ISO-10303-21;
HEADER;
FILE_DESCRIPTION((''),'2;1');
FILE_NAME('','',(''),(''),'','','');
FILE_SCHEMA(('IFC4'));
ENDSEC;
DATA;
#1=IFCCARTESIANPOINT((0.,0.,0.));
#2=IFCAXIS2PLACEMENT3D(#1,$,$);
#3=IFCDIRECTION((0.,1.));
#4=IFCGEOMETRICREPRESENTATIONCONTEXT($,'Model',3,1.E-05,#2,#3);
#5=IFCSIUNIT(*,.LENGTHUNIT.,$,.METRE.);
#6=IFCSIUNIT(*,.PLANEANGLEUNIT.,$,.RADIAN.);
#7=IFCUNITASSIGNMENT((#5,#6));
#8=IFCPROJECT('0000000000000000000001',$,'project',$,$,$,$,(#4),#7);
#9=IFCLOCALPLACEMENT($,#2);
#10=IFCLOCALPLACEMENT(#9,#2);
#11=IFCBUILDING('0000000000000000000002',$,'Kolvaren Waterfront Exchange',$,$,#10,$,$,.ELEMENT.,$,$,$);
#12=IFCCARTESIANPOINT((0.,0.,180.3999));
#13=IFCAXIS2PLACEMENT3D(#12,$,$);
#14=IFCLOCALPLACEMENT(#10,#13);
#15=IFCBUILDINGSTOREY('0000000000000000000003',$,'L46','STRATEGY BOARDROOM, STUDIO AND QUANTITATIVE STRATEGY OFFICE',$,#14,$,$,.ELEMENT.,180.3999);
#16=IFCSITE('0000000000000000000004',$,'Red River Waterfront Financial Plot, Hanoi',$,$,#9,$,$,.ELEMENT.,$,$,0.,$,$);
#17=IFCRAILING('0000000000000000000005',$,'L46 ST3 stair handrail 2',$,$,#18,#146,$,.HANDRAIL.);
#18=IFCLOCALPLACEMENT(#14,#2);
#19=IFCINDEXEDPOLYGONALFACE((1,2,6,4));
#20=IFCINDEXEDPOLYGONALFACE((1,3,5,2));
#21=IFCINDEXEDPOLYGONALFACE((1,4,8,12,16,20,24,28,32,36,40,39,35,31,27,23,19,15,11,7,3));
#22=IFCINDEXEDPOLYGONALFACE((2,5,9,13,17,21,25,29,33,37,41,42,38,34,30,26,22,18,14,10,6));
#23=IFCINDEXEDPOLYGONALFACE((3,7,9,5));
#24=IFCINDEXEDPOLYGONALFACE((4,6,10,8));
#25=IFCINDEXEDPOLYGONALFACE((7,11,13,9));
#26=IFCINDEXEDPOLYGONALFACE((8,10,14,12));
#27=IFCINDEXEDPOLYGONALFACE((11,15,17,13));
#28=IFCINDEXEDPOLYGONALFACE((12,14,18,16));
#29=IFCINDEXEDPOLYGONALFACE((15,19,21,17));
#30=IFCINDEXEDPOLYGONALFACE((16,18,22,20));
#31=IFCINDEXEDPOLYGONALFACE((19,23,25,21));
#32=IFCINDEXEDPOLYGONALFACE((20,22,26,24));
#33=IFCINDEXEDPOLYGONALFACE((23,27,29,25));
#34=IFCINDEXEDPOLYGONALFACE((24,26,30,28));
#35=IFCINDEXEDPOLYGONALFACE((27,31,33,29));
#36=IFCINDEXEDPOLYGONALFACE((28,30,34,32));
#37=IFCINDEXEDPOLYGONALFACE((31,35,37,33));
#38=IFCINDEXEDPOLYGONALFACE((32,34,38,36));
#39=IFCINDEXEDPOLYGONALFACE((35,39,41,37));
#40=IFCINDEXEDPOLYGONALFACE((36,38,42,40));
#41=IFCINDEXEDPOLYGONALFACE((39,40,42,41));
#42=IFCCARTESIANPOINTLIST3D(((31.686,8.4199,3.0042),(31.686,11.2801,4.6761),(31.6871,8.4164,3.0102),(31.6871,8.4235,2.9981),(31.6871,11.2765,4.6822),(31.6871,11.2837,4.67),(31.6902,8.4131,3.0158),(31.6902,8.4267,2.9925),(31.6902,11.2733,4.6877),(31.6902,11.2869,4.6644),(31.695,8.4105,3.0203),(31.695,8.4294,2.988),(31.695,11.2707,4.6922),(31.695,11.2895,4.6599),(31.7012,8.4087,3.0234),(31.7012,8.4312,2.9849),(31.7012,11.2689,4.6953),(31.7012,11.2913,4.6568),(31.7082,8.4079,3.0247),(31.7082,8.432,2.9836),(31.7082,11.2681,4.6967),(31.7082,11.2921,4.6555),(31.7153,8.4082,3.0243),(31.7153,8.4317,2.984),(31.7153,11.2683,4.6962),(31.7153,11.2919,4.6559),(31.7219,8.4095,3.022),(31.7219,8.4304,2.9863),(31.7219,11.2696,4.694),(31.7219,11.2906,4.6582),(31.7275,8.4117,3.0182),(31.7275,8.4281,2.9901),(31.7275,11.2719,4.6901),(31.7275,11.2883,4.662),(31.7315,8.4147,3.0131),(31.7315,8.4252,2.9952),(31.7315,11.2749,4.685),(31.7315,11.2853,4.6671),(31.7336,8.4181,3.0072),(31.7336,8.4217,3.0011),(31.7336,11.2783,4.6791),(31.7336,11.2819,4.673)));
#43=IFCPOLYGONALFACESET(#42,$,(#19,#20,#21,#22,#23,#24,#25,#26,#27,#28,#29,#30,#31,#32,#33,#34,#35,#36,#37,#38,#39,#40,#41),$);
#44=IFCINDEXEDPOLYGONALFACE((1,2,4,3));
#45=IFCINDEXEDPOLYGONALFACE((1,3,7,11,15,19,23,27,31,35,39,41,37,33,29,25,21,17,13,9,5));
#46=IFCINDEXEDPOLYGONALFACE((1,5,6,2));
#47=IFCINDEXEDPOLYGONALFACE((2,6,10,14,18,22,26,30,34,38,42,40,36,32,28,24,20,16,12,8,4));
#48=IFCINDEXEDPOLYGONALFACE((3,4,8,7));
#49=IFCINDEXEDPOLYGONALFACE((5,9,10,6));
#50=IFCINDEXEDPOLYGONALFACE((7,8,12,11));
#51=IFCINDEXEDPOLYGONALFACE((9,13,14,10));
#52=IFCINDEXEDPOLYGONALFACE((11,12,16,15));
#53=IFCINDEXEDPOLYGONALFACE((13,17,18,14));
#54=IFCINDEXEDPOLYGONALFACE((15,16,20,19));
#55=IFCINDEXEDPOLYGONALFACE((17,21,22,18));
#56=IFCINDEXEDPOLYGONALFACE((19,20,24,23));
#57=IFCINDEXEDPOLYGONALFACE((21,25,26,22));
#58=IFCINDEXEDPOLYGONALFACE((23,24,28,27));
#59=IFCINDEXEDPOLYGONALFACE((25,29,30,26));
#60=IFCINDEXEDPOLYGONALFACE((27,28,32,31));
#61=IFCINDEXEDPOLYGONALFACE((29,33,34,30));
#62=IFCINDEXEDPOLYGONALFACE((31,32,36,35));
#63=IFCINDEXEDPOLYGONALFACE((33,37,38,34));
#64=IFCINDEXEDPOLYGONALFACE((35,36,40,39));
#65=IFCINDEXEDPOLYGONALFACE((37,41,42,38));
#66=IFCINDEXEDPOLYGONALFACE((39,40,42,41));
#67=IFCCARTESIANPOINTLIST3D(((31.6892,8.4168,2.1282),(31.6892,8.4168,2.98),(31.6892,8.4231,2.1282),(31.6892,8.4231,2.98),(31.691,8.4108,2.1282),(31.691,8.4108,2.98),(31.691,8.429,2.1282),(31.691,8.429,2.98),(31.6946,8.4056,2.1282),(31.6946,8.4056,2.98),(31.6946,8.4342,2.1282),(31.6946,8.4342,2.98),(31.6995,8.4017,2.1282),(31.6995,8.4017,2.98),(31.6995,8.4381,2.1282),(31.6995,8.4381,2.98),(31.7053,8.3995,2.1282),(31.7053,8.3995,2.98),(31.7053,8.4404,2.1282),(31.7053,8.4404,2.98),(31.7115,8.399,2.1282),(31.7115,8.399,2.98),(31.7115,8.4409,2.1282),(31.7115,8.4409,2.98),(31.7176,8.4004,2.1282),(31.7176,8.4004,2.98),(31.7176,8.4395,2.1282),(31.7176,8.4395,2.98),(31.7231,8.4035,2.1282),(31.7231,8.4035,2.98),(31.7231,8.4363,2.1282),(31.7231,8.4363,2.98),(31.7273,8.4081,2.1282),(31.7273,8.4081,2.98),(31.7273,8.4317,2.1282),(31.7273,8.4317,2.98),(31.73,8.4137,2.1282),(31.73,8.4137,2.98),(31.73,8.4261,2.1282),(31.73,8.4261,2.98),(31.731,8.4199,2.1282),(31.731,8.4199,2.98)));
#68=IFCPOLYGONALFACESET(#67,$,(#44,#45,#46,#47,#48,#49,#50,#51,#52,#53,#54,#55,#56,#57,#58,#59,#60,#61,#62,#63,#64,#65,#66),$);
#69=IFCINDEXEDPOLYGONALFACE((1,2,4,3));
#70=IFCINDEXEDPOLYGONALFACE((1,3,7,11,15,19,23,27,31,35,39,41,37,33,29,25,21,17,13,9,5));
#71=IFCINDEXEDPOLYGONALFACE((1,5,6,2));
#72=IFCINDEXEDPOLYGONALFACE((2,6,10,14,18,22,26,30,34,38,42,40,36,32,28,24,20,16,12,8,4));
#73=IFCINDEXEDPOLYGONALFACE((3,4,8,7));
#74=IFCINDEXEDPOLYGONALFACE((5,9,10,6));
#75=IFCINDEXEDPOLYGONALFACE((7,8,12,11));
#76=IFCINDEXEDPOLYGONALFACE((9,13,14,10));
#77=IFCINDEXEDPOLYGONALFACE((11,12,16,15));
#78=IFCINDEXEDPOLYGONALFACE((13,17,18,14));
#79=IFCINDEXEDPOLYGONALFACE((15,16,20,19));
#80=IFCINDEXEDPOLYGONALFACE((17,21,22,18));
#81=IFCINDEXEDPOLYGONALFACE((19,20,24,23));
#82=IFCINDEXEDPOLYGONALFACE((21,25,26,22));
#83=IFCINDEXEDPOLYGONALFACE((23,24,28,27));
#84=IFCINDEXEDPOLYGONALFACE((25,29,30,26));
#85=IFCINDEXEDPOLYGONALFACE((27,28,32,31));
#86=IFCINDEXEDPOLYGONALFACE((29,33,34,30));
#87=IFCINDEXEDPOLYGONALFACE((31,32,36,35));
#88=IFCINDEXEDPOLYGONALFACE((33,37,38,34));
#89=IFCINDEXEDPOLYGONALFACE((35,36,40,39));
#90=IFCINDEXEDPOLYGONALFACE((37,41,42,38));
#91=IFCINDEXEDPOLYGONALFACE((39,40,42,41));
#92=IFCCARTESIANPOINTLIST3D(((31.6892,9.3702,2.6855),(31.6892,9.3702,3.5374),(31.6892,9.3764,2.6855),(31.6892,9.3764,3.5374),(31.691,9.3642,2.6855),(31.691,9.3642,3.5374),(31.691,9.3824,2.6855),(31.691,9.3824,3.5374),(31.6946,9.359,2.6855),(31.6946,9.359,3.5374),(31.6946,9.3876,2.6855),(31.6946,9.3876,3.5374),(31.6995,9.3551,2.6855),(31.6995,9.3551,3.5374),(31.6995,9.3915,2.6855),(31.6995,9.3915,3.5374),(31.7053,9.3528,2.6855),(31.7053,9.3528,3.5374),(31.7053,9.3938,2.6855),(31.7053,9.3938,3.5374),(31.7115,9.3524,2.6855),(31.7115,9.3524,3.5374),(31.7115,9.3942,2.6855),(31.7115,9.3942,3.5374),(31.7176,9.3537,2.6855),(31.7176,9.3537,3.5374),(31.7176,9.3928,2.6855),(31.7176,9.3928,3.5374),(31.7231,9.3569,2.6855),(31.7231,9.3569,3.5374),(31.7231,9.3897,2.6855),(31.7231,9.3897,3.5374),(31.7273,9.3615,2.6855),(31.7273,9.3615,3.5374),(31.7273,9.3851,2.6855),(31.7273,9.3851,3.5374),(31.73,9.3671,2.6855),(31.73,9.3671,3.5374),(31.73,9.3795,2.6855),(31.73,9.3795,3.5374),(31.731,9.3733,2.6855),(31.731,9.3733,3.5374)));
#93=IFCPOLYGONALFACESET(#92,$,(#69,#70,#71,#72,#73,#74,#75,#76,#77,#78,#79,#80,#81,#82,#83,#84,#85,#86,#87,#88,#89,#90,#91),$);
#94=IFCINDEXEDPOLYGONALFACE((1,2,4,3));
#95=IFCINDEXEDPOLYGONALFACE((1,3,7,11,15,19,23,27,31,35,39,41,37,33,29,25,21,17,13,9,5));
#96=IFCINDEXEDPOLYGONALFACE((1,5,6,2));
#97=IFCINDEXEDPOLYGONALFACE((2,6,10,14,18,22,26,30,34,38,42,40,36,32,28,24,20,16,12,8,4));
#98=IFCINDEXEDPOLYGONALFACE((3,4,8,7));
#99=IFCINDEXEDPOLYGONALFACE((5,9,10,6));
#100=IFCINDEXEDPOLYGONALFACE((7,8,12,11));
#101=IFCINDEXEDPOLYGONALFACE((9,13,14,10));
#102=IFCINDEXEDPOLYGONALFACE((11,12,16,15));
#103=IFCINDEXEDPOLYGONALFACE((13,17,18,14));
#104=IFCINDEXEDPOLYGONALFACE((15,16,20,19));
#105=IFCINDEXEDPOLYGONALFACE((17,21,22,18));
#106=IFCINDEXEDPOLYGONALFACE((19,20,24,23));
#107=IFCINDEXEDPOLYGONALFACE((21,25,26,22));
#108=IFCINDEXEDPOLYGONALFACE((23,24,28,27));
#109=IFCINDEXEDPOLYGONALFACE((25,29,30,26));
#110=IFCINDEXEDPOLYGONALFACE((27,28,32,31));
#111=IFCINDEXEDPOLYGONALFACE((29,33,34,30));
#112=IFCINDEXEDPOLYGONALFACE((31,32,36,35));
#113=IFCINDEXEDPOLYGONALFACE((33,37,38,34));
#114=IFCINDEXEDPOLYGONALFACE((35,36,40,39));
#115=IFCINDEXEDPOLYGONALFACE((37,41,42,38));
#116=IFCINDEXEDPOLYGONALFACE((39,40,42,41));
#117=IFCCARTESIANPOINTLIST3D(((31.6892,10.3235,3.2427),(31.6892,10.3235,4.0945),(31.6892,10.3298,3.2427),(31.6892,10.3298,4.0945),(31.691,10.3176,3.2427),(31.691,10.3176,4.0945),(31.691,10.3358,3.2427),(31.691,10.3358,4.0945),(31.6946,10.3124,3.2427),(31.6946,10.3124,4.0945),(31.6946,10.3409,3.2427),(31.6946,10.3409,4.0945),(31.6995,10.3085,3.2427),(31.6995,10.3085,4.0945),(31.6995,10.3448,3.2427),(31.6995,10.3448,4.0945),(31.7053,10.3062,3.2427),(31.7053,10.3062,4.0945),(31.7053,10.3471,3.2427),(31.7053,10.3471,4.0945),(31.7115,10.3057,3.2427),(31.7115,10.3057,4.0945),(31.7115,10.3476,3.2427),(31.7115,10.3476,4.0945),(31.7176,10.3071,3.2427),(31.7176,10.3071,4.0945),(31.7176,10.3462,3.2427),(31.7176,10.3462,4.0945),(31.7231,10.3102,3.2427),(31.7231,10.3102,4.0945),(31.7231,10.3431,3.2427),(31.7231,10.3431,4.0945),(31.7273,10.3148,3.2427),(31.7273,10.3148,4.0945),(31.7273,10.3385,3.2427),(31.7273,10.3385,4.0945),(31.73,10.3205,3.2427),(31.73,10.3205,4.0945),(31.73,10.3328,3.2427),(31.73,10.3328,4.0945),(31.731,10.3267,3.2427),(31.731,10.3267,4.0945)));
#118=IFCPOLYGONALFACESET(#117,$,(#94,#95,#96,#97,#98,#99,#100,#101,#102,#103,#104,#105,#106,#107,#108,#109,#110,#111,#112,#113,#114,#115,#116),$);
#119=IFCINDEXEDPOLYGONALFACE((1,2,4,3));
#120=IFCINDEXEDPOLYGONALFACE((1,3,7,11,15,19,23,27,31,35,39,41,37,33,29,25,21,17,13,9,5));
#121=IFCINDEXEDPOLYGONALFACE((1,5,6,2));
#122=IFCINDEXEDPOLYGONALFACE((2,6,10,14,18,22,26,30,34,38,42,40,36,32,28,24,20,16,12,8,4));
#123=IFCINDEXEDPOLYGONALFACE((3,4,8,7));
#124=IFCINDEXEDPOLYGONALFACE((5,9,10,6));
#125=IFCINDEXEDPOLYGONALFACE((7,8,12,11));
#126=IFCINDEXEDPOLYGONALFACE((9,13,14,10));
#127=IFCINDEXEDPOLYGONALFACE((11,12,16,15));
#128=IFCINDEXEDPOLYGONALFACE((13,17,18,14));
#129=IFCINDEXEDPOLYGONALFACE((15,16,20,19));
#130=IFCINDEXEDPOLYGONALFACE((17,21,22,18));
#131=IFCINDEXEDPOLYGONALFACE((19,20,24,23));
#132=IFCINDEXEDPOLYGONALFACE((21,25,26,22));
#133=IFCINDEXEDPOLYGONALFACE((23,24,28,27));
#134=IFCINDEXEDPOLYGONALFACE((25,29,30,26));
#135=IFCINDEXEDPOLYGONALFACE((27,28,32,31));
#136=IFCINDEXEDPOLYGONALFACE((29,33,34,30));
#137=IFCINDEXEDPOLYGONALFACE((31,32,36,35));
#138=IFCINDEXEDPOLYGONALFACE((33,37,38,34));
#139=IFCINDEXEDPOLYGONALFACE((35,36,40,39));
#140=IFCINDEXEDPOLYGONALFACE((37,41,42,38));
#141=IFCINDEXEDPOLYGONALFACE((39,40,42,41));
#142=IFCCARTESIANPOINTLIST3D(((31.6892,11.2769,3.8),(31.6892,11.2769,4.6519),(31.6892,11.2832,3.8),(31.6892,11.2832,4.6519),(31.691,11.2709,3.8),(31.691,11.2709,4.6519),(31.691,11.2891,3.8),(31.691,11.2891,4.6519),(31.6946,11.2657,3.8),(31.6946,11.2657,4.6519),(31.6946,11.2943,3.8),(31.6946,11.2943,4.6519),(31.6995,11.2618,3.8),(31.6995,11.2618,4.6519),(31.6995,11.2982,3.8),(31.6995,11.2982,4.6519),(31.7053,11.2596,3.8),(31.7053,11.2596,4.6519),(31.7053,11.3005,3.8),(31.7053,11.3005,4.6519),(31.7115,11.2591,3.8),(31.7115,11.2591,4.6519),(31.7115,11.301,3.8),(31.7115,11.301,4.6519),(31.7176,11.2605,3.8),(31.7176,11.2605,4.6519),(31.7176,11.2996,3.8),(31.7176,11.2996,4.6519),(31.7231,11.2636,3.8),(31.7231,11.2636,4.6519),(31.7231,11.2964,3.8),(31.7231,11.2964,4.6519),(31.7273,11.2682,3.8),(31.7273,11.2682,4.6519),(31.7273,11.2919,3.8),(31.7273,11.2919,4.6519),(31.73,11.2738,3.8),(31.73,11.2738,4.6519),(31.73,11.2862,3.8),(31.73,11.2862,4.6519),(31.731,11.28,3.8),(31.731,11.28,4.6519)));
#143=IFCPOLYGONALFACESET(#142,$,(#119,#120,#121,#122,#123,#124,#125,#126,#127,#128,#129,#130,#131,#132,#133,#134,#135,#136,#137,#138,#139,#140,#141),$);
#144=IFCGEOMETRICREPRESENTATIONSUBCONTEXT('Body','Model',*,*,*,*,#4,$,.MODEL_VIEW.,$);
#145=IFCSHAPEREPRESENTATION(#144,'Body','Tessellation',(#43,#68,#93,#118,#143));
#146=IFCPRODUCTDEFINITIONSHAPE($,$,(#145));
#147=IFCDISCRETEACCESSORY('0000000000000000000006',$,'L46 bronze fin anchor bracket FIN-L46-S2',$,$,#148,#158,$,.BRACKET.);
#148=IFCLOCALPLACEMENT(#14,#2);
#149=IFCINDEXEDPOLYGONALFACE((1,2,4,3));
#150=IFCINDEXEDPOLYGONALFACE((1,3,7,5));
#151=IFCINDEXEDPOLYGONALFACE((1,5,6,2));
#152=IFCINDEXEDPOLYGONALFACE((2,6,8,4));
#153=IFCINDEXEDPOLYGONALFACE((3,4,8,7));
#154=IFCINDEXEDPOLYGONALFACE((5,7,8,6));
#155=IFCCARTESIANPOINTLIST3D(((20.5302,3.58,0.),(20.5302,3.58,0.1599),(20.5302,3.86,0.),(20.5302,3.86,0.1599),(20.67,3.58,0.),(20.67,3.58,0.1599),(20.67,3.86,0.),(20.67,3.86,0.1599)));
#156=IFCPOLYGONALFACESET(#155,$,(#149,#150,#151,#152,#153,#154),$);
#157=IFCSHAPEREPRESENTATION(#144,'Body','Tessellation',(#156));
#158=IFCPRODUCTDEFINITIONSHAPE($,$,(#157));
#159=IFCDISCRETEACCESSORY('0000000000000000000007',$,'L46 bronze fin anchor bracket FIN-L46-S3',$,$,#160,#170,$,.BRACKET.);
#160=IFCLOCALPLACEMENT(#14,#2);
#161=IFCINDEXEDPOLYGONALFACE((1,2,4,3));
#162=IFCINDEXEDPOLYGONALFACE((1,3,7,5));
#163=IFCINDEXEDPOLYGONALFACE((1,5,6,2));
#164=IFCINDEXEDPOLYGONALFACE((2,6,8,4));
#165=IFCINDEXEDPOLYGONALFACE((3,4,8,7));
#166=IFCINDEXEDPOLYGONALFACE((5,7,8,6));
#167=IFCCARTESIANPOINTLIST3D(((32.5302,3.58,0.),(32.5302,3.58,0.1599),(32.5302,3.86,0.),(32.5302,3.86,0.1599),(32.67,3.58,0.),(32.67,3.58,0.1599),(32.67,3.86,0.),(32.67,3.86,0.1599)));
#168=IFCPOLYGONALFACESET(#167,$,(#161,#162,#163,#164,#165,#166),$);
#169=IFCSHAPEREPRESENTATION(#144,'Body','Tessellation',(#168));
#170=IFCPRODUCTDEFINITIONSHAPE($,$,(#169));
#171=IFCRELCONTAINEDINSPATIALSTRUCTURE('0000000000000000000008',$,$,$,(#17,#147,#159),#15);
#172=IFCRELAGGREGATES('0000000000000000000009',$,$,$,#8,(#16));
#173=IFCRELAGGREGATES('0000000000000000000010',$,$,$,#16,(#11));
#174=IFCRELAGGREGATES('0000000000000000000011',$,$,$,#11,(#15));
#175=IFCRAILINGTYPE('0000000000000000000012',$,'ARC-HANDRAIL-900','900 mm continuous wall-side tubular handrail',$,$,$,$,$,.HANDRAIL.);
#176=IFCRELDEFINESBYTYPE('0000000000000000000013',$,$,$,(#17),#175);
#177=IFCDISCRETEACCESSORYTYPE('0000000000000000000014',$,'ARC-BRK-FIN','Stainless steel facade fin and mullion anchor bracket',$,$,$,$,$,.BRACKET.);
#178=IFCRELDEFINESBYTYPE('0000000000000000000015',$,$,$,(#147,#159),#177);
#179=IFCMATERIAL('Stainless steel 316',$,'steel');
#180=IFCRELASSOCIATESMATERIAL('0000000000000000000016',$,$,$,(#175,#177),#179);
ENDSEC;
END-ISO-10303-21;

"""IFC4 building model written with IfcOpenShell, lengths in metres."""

from ifc_helpers import new_model, si_unit, direction, frame, origin, origin_with_axes, origin_2d, place, context, subcontext, project, spatial, rectangle, circle, extrude, source, transform, mapped, material, type_object, element, save


model = new_model("IFC4")

# Units and contexts
model_context = context("Model", 3, precision=1e-05, world=origin(), true_north=direction((0.0, 1.0)))
body_context = subcontext(model_context, "Body", "Model", "MODEL_VIEW")
ifc_project = project(units=[si_unit("LENGTHUNIT", "METRE"), si_unit("PLANEANGLEUNIT", "RADIAN")], contexts=[model_context])

# Site, building, storey
site_placement = place(None, origin())
site = spatial("IfcSite", under=ifc_project, at=site_placement, Name="Red River Waterfront Financial Plot, Hanoi", CompositionType="ELEMENT", RefElevation=0.0)
building_placement = place(site_placement, origin())
building = spatial("IfcBuilding", under=site, at=building_placement, Name="Kolvaren Waterfront Exchange", CompositionType="ELEMENT")
storey_placement = place(building_placement, frame((0.0, 0.0, 180.3999)))
storey = spatial("IfcBuildingStorey", under=building, at=storey_placement, Name="L46", Description="STRATEGY BOARDROOM, STUDIO AND QUANTITATIVE STRATEGY OFFICE", CompositionType="ELEMENT", Elevation=180.3999)

# Railing
ifc_material_1 = material(Name="Stainless steel 316", Category="steel")
railing_type_1 = type_object("IfcRailingType", Name="ARC-HANDRAIL-900", Description="900 mm continuous wall-side tubular handrail", PredefinedType="HANDRAIL", material=ifc_material_1)
railing_1_placement = place(storey_placement, frame((31.71, 8.4199, 2.1282)))
element("IfcRailing", 1, at=railing_1_placement, inside=storey, type_object=railing_type_1, Name="L46 ST3 stair handrail 2", PredefinedType="HANDRAIL", context=body_context, shape_type="SweptSolid", body=[
    extrude(circle(Radius=0.0239, at=origin_2d()), frame((0.0, 0.0, 0.876), z_axis=(0.0, 0.863321, 0.504654), x_axis=(-1.0, 0.0, 0.0)), (0.0, 0.0, 1.0), 3.313),
    extrude(circle(Radius=0.021, at=origin_2d()), origin(), (0.0, 0.0, 1.0), 0.8518),
    extrude(circle(Radius=0.021, at=origin_2d()), frame((0.0, 0.9534, 0.5574)), (0.0, 0.0, 1.0), 0.8518),
    extrude(circle(Radius=0.021, at=origin_2d()), frame((0.0, 1.9067, 1.1145)), (0.0, 0.0, 1.0), 0.8518),
    extrude(circle(Radius=0.021, at=origin_2d()), frame((0.0, 2.8601, 1.6719)), (0.0, 0.0, 1.0), 0.8518),
])

# Discrete accessories
discrete_accessory_type = type_object("IfcDiscreteAccessoryType", Name="ARC-BRK-FIN", Description="Stainless steel facade fin and mullion anchor bracket", PredefinedType="BRACKET", material=ifc_material_1)
shared_shape_1 = source(origin_with_axes(), body_context, "Body", "SweptSolid", [
    extrude(rectangle(XDim=0.28, YDim=0.1399, at=origin_2d()), origin(), (0.0, 0.0, 1.0), 0.1599),
])
for number, where, z_axis, x_axis, name in (
    (2, (20.6001, 3.72, 0.0), (0.0, 0.0, 1.0), (0.0, -1.0, 0.0), "L46 bronze fin anchor bracket FIN-L46-S2"),
    (3, (32.6001, 3.72, 0.0), (0.0, 0.0, 1.0), (0.0, -1.0, 0.0), "L46 bronze fin anchor bracket FIN-L46-S3"),
):
    element("IfcDiscreteAccessory", number, at=place(storey_placement, frame(where, z_axis=z_axis, x_axis=x_axis)), inside=storey, type_object=discrete_accessory_type, Name=name, PredefinedType="BRACKET", context=body_context, shape_type="MappedRepresentation", body=[
        mapped(shared_shape_1, transform((0.0, 0.0, 0.0), x_axis=(1.0, 0.0, 0.0), y_axis=(0.0, 1.0, 0.0), z_axis=(0.0, 0.0, 1.0), scale=1.0)),
    ])

save(model, "model.ifc")
